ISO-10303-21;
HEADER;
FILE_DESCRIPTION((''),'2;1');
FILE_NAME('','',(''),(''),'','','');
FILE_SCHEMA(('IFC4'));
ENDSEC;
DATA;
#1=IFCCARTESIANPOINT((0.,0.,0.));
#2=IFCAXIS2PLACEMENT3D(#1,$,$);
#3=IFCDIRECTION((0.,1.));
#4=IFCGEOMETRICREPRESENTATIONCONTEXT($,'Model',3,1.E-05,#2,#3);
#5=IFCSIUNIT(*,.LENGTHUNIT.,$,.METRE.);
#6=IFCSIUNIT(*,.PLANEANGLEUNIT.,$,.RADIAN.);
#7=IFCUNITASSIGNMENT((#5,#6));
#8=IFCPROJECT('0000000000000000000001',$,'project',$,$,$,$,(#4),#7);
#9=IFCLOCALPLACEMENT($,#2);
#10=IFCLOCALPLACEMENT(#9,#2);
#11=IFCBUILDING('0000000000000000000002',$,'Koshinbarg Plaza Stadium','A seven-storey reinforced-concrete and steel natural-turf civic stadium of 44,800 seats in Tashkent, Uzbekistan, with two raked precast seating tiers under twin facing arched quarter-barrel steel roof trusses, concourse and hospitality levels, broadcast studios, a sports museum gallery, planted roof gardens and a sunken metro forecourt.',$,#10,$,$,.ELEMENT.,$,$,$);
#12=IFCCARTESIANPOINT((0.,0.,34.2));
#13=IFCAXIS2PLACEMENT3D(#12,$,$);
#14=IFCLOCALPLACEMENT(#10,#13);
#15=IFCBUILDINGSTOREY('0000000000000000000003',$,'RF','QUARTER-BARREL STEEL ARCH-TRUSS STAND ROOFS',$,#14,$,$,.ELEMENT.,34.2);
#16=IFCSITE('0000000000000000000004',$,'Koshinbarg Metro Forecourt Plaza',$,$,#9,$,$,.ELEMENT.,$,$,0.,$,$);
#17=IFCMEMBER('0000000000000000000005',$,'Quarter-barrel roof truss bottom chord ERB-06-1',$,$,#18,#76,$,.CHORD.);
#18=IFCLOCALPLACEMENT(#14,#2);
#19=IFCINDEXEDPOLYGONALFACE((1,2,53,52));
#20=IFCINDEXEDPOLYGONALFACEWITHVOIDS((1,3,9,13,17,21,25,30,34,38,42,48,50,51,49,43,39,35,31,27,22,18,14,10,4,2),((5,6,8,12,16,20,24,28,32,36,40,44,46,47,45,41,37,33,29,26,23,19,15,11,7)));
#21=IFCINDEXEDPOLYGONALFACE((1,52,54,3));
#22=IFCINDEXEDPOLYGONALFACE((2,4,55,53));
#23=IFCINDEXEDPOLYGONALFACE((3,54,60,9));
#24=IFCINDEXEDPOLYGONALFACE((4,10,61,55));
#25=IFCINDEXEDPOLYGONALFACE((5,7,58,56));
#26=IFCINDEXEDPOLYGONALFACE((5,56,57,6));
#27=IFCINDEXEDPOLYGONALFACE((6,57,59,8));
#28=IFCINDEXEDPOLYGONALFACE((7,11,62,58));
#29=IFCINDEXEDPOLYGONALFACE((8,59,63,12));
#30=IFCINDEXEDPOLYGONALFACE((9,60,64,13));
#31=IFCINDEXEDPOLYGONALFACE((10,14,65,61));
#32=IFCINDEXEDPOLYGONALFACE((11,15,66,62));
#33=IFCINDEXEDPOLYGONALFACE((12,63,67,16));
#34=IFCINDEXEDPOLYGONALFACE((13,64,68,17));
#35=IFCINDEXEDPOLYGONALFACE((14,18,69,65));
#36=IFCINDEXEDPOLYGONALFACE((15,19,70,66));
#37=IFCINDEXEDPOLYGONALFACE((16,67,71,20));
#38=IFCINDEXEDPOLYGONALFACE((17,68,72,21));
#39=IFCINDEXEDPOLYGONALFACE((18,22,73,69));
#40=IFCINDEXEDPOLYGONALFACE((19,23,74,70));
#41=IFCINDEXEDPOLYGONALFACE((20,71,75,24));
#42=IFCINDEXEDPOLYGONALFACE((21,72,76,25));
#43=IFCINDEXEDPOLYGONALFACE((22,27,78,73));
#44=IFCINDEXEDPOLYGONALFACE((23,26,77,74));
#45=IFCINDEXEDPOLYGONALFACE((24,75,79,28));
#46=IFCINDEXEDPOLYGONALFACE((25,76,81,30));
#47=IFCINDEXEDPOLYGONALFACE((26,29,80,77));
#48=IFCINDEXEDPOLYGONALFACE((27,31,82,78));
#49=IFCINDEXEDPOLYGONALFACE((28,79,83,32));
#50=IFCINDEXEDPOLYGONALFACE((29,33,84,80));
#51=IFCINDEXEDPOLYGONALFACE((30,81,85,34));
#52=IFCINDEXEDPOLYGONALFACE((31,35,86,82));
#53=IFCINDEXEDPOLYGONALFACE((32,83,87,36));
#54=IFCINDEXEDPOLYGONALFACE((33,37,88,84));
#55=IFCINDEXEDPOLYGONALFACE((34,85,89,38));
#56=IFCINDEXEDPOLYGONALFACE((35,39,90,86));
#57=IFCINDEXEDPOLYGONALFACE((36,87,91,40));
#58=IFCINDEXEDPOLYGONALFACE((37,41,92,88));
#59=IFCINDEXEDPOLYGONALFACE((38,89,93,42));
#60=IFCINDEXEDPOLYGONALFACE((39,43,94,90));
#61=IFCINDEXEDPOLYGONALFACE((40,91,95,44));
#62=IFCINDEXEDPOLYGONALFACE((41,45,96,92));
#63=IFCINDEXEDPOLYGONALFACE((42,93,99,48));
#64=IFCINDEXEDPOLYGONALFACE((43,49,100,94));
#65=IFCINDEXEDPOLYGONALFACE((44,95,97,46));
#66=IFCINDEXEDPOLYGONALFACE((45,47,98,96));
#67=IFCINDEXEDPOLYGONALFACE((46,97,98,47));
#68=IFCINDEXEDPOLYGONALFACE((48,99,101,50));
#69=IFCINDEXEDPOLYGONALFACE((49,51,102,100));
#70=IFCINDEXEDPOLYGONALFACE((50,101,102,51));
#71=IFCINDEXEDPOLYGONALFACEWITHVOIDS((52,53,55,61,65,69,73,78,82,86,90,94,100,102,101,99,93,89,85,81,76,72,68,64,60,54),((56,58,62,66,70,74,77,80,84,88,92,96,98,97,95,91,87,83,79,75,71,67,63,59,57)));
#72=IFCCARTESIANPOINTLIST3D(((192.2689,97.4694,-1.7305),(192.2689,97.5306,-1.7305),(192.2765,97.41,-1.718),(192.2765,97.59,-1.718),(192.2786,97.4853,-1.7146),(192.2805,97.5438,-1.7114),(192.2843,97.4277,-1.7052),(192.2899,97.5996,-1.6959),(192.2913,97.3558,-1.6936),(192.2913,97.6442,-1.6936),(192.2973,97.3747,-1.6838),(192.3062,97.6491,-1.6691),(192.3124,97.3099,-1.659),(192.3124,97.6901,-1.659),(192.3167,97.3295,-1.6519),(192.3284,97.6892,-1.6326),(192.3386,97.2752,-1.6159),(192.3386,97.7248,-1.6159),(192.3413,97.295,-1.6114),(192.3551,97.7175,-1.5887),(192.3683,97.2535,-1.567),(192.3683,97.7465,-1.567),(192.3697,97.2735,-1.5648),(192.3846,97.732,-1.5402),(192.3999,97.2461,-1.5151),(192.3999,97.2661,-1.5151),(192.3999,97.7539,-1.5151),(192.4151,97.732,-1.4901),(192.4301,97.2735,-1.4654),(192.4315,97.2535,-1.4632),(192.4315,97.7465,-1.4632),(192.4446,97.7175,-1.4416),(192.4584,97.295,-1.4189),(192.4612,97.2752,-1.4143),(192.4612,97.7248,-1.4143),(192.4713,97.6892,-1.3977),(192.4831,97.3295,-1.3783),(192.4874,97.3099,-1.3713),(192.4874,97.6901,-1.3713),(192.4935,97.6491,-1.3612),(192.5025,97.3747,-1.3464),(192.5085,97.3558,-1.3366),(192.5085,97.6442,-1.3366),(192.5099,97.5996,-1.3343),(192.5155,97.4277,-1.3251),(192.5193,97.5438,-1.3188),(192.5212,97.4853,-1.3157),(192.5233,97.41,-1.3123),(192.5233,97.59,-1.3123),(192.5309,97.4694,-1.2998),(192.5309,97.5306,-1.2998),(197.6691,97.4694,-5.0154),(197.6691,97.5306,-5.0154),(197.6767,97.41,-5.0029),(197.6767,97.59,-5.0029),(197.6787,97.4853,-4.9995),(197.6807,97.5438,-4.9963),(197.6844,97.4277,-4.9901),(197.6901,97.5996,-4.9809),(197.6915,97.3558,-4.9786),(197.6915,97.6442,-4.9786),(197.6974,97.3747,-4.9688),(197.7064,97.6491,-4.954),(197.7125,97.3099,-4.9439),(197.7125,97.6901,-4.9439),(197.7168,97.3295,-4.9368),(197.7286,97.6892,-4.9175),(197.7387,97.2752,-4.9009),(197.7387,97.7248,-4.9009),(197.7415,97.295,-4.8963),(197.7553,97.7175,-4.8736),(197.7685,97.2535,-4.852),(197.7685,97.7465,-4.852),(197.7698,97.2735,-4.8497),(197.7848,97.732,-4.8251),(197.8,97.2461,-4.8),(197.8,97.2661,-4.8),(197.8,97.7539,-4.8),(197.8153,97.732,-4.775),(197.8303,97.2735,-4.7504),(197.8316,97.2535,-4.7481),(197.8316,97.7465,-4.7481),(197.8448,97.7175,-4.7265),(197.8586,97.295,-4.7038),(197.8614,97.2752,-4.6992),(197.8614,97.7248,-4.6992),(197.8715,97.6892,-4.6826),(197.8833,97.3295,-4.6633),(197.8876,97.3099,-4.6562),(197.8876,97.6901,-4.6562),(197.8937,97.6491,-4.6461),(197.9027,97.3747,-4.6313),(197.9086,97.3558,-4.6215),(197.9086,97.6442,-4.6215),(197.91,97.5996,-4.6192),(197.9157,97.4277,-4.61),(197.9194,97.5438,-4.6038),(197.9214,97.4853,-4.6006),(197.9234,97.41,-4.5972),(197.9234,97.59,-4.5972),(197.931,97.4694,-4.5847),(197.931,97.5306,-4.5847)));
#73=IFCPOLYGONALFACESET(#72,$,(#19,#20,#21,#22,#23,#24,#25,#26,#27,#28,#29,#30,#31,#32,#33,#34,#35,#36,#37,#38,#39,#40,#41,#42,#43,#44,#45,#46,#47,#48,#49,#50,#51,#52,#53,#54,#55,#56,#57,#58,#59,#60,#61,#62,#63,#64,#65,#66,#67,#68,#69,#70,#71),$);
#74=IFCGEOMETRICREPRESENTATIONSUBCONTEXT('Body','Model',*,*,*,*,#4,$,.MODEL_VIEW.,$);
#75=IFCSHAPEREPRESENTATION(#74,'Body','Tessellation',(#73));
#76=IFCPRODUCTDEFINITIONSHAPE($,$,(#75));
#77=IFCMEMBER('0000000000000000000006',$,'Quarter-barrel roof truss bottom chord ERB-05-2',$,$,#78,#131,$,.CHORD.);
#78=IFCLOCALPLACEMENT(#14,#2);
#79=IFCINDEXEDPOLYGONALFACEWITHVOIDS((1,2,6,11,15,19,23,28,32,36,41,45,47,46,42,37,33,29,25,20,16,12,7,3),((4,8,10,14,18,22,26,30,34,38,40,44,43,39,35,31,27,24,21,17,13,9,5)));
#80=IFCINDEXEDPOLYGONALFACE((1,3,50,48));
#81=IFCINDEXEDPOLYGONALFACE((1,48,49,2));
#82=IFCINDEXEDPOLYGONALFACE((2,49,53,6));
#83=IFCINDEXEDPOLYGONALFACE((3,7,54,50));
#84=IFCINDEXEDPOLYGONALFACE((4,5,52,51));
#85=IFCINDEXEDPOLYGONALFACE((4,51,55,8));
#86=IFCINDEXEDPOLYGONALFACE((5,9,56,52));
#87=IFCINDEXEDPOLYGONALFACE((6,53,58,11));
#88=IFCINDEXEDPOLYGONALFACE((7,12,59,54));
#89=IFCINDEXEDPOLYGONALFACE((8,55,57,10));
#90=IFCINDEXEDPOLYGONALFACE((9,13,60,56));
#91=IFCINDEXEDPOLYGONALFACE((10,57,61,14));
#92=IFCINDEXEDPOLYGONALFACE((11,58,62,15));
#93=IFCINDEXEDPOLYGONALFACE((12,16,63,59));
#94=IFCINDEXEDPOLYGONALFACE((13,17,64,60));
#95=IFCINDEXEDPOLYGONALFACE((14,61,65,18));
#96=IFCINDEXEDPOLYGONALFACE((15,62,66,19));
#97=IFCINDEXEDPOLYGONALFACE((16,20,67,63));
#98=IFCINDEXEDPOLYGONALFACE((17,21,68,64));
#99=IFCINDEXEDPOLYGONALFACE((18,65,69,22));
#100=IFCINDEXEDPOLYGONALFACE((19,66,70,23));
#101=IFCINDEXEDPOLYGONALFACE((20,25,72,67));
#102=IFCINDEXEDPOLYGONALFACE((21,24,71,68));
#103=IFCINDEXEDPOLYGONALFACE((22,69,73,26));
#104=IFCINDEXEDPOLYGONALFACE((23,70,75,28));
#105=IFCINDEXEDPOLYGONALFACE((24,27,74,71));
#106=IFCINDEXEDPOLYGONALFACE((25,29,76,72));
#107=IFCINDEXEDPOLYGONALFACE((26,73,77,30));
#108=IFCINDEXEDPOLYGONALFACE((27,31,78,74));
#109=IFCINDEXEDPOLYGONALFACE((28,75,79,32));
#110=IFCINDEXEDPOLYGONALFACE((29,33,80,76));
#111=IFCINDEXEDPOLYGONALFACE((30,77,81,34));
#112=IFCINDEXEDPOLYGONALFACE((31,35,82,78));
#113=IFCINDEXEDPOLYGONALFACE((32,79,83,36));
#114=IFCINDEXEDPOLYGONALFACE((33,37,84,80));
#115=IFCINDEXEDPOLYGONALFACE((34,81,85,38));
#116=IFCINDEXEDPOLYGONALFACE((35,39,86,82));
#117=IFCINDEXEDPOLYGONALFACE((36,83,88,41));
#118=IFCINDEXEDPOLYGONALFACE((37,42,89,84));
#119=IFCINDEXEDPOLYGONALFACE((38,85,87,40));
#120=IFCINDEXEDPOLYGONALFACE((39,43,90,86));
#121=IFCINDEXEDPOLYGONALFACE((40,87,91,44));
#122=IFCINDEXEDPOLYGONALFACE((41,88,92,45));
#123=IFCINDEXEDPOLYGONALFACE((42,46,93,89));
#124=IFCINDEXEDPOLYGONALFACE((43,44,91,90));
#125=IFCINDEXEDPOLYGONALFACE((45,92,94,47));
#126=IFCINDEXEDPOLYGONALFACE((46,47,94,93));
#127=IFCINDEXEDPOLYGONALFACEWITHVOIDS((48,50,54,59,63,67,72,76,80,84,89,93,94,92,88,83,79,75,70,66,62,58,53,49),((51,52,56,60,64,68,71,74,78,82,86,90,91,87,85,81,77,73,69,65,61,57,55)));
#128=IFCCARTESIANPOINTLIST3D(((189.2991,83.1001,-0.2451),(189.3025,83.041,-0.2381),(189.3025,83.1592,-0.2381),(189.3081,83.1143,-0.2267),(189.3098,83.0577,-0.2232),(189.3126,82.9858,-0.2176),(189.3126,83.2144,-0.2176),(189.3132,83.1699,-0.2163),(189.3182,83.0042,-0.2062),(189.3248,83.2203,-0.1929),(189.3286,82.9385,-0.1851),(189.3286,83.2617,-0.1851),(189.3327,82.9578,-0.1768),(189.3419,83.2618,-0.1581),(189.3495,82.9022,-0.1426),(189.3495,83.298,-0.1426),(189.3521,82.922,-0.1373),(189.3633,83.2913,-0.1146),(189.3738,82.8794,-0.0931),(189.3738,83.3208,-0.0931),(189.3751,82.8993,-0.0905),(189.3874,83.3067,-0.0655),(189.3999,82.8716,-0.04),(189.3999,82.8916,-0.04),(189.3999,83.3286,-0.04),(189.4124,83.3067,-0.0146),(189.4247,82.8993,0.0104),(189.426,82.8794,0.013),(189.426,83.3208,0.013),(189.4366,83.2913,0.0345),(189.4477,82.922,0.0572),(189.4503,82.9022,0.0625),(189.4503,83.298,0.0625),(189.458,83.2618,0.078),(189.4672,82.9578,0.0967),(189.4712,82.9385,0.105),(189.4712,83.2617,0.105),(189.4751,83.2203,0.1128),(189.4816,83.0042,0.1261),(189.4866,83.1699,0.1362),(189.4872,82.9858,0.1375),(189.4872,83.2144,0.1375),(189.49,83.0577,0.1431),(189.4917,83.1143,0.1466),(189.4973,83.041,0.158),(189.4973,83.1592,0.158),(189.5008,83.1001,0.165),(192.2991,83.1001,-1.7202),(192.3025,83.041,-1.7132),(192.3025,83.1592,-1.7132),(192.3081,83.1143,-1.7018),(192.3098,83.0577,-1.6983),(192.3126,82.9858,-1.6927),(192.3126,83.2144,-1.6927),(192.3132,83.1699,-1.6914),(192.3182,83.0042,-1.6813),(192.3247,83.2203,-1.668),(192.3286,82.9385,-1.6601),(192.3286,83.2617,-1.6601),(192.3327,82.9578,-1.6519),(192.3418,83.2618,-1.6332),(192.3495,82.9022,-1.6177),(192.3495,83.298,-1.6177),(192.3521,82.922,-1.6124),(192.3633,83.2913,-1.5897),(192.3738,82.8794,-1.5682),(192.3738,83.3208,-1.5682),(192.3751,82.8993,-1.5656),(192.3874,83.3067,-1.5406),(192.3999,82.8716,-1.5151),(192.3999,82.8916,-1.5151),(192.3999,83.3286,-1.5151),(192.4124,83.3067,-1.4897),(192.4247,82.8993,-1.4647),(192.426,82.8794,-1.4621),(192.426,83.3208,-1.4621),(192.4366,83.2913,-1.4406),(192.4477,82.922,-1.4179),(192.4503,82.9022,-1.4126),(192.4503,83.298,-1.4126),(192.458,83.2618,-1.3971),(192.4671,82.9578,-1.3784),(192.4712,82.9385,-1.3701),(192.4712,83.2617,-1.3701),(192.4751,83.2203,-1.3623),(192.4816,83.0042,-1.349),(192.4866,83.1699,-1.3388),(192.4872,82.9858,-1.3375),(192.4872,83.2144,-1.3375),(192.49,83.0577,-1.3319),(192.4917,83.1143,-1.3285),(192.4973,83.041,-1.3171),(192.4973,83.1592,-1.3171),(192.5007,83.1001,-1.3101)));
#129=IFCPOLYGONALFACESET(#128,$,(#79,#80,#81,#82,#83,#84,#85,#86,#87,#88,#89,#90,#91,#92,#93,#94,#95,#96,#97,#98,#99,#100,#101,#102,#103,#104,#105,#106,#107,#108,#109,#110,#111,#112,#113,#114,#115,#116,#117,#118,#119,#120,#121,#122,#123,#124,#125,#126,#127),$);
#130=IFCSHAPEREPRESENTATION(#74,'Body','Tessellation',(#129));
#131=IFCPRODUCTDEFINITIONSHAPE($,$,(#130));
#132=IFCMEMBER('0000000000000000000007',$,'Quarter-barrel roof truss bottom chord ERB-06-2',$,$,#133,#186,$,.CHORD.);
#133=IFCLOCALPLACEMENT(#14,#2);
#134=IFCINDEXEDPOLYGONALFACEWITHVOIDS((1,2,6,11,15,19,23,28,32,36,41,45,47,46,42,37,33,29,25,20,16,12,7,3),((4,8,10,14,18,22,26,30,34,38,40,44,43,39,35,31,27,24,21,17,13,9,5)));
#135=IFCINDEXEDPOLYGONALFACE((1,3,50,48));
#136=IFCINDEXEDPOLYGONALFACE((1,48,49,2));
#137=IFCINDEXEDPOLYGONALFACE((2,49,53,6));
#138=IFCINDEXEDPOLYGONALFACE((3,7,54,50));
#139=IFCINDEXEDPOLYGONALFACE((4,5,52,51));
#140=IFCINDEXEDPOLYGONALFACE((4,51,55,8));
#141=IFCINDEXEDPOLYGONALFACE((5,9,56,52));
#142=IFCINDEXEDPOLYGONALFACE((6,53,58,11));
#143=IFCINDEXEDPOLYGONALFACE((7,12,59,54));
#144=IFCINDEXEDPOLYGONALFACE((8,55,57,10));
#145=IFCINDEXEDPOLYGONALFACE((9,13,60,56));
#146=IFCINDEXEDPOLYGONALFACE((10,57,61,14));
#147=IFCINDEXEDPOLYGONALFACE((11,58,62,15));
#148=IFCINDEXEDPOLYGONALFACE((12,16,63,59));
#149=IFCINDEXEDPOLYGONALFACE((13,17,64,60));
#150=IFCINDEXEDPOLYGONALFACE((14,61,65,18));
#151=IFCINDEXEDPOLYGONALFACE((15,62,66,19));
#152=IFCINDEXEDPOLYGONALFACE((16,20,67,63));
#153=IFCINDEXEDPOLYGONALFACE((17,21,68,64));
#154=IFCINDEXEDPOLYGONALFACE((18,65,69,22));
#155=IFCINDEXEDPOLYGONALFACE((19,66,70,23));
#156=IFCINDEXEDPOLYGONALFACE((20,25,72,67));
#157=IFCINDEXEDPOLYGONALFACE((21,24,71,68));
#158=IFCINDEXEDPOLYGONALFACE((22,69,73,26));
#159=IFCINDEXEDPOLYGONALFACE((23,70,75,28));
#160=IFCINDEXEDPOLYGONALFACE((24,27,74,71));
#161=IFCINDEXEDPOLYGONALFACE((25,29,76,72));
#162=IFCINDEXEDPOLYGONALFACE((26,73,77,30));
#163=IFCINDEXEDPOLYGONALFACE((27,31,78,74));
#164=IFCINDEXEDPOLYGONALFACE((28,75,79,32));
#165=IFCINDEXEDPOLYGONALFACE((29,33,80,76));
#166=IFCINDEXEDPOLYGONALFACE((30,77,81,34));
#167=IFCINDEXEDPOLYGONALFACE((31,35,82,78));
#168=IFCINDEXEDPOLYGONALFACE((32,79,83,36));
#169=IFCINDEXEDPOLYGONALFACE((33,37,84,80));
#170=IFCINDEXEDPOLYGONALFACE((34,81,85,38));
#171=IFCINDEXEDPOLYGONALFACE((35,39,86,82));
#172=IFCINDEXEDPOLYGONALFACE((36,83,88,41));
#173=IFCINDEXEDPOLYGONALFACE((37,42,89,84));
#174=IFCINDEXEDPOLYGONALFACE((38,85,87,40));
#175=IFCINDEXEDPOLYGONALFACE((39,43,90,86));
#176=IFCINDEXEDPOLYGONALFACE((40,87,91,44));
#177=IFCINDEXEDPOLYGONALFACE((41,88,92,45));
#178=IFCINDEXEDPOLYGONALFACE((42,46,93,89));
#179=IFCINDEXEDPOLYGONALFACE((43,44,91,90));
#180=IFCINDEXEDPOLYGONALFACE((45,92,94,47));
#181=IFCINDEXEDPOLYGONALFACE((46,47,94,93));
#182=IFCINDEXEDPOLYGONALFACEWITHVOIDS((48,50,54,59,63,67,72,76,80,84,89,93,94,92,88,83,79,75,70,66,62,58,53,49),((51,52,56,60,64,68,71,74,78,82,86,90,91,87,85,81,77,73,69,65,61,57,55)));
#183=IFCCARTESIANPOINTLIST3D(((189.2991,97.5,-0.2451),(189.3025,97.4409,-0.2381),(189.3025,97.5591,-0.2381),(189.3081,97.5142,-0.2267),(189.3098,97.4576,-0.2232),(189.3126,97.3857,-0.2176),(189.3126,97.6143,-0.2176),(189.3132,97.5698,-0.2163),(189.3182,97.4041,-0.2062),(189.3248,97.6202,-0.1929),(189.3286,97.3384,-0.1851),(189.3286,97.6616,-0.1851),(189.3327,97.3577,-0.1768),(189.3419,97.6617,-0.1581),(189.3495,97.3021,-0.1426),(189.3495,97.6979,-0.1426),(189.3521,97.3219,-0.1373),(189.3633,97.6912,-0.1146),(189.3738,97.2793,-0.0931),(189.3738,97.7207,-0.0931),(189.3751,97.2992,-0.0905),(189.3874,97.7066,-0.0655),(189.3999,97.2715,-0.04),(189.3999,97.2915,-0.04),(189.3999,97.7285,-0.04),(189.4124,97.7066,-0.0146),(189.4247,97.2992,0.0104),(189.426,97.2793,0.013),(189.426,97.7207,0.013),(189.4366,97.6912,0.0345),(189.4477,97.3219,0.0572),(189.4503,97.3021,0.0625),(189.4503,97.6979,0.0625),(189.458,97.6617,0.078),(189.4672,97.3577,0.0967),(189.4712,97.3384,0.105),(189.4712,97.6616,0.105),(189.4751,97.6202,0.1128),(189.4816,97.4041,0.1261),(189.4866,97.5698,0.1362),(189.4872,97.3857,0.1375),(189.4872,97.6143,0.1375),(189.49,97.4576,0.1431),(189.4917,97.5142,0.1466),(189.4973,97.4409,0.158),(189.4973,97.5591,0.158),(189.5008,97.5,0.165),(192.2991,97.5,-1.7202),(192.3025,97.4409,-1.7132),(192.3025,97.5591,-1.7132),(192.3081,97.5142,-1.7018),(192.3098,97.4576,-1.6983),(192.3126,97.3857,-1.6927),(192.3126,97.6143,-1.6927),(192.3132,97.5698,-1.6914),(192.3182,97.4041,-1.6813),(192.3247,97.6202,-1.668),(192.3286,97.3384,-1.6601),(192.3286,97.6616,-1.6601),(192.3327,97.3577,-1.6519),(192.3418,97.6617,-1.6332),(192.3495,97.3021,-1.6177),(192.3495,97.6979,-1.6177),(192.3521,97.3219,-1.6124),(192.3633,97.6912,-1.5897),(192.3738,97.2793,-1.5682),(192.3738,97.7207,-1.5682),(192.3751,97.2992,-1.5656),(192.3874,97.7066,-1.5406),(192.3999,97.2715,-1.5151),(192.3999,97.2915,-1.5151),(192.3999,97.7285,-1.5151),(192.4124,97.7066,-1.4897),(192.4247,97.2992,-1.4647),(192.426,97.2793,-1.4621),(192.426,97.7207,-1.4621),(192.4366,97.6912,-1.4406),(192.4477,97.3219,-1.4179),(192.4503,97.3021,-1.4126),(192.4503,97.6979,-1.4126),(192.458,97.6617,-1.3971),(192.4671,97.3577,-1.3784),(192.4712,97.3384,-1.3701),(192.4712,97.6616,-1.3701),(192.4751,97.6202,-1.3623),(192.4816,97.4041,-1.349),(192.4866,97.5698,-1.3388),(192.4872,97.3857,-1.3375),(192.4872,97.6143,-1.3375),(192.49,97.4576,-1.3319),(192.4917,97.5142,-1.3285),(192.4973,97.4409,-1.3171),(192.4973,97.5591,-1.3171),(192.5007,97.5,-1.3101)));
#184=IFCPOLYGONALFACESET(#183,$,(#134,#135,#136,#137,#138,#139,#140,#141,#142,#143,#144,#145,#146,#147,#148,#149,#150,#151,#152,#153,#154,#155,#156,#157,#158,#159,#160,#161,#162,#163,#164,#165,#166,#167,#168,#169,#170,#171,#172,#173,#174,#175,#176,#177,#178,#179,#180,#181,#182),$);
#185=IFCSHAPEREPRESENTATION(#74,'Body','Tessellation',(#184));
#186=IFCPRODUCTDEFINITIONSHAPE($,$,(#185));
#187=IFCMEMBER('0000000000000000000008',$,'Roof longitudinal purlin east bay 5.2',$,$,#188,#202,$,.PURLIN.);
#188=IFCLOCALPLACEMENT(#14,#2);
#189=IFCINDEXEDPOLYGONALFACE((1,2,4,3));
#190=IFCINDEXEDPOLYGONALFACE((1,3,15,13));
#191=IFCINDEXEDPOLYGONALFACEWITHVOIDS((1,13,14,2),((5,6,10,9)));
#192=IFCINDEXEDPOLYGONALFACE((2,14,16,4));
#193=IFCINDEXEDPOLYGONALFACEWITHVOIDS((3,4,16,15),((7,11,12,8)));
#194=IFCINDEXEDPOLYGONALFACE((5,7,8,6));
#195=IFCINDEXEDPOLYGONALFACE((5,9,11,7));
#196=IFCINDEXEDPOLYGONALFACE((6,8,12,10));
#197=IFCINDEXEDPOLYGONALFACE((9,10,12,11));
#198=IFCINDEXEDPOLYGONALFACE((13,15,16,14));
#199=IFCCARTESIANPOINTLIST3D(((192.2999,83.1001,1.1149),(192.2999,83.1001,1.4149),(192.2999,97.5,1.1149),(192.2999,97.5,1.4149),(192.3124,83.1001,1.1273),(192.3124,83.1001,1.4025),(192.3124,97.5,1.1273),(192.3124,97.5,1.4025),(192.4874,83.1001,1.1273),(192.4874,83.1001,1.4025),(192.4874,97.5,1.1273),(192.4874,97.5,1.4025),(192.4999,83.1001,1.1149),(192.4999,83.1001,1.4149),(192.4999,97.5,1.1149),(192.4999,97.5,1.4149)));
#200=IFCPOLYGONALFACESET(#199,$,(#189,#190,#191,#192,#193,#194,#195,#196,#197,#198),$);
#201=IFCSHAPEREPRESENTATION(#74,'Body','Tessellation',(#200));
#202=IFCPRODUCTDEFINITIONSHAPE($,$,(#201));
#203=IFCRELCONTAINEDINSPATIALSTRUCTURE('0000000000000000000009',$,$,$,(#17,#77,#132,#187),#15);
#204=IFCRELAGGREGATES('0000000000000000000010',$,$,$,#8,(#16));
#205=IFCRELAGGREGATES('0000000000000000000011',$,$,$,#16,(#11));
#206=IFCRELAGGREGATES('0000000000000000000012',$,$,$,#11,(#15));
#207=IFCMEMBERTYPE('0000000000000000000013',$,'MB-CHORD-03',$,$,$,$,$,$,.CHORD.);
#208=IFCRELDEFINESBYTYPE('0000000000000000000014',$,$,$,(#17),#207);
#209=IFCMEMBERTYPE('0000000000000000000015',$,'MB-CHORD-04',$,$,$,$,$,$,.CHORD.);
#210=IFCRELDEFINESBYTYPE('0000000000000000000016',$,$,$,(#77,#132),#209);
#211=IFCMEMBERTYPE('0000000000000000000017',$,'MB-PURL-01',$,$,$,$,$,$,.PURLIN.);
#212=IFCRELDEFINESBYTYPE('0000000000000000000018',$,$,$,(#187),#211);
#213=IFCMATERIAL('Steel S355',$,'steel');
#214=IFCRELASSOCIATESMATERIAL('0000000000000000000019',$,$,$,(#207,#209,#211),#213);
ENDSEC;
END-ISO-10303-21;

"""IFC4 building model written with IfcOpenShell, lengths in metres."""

from ifc_helpers import new_model, si_unit, direction, frame, origin, origin_2d, place, context, subcontext, project, spatial, hollow_rectangle, hollow_circle, extrude, material, material_profile, profile_set, type_object, element, save


model = new_model("IFC4")

# Units and contexts
model_context = context("Model", 3, precision=1e-05, world=origin(), true_north=direction((0.0, 1.0)))
body_context = subcontext(model_context, "Body", "Model", "MODEL_VIEW")
ifc_project = project(units=[si_unit("LENGTHUNIT", "METRE"), si_unit("PLANEANGLEUNIT", "RADIAN")], contexts=[model_context])

# Site, building, storey
site_placement = place(None, origin())
site = spatial("IfcSite", under=ifc_project, at=site_placement, Name="Koshinbarg Metro Forecourt Plaza", CompositionType="ELEMENT", RefElevation=0.0)
building_placement = place(site_placement, origin())
building = spatial("IfcBuilding", under=site, at=building_placement, Name="Koshinbarg Plaza Stadium", Description="A seven-storey reinforced-concrete and steel natural-turf civic stadium of 44,800 seats in Tashkent, Uzbekistan, with two raked precast seating tiers under twin facing arched quarter-barrel steel roof trusses, concourse and hospitality levels, broadcast studios, a sports museum gallery, planted roof gardens and a sunken metro forecourt.", CompositionType="ELEMENT")
storey_placement = place(building_placement, frame((0.0, 0.0, 34.2)))
storey = spatial("IfcBuildingStorey", under=building, at=storey_placement, Name="RF", Description="QUARTER-BARREL STEEL ARCH-TRUSS STAND ROOFS", CompositionType="ELEMENT", Elevation=34.2)

# Members
ifc_material_1 = material(Name="Steel S355", Category="steel")
ifc_material_profile_1 = material_profile(ifc_material_1, hollow_circle(Radius=0.2539, WallThickness=0.02, at=origin_2d()), Name="CHS 508x20")
ifc_profile_set_1 = profile_set([ifc_material_profile_1], Name="Steel S355")
member_type_1 = type_object("IfcMemberType", Name="MB-CHORD-03", PredefinedType="CHORD", material=ifc_profile_set_1)
for number, where, z_axis, x_axis, name in (
    (1, (197.8, 97.5, -4.8), (-0.854348, 0.0, 0.519701), (0.0, -1.0, 0.0), "Quarter-barrel roof truss bottom chord ERB-06-1"),
):
    element("IfcMember", number, at=place(storey_placement, frame(where, z_axis=z_axis, x_axis=x_axis)), inside=storey, type_object=member_type_1, Name=name, PredefinedType="CHORD", context=body_context, shape_type="SweptSolid", body=[
        extrude(hollow_circle(Radius=0.2539, WallThickness=0.02, at=origin_2d()), origin(), (0.0, 0.0, 1.0), 6.3208),
    ])
ifc_material_profile_2 = material_profile(ifc_material_1, hollow_circle(Radius=0.2285, WallThickness=0.02, at=origin_2d()), Name="CHS 457x20")
ifc_profile_set_2 = profile_set([ifc_material_profile_2], Name="Steel S355")
member_type_2 = type_object("IfcMemberType", Name="MB-CHORD-04", PredefinedType="CHORD", material=ifc_profile_set_2)
for number, where, z_axis, x_axis, name in (
    (2, (192.3999, 83.1001, -1.5151), (-0.897387, 0.0, 0.441244), (0.0, -1.0, 0.0), "Quarter-barrel roof truss bottom chord ERB-05-2"),
    (3, (192.3999, 97.5, -1.5151), (-0.897387, 0.0, 0.441244), (0.0, -1.0, 0.0), "Quarter-barrel roof truss bottom chord ERB-06-2"),
):
    element("IfcMember", number, at=place(storey_placement, frame(where, z_axis=z_axis, x_axis=x_axis)), inside=storey, type_object=member_type_2, Name=name, PredefinedType="CHORD", context=body_context, shape_type="SweptSolid", body=[
        extrude(hollow_circle(Radius=0.2285, WallThickness=0.02, at=origin_2d()), origin(), (0.0, 0.0, 1.0), 3.343),
    ])
ifc_material_profile_3 = material_profile(ifc_material_1, hollow_rectangle(XDim=0.2, YDim=0.3, WallThickness=0.0125, at=origin_2d()), Name="RHS 300x200x12.5")
ifc_profile_set_3 = profile_set([ifc_material_profile_3], Name="Steel S355")
member_type_3 = type_object("IfcMemberType", Name="MB-PURL-01", PredefinedType="PURLIN", material=ifc_profile_set_3)
member_1_placement = place(storey_placement, frame((192.3999, 83.1001, 1.2649), z_axis=(0.0, 1.0, 0.0), x_axis=(-1.0, 0.0, 0.0)))
element("IfcMember", 4, at=member_1_placement, inside=storey, type_object=member_type_3, Name="Roof longitudinal purlin east bay 5.2", PredefinedType="PURLIN", context=body_context, shape_type="SweptSolid", body=[
    extrude(hollow_rectangle(XDim=0.2, YDim=0.3, WallThickness=0.0125, at=origin_2d()), origin(), (0.0, 0.0, 1.0), 14.3999),
])

save(model, "model.ifc")
